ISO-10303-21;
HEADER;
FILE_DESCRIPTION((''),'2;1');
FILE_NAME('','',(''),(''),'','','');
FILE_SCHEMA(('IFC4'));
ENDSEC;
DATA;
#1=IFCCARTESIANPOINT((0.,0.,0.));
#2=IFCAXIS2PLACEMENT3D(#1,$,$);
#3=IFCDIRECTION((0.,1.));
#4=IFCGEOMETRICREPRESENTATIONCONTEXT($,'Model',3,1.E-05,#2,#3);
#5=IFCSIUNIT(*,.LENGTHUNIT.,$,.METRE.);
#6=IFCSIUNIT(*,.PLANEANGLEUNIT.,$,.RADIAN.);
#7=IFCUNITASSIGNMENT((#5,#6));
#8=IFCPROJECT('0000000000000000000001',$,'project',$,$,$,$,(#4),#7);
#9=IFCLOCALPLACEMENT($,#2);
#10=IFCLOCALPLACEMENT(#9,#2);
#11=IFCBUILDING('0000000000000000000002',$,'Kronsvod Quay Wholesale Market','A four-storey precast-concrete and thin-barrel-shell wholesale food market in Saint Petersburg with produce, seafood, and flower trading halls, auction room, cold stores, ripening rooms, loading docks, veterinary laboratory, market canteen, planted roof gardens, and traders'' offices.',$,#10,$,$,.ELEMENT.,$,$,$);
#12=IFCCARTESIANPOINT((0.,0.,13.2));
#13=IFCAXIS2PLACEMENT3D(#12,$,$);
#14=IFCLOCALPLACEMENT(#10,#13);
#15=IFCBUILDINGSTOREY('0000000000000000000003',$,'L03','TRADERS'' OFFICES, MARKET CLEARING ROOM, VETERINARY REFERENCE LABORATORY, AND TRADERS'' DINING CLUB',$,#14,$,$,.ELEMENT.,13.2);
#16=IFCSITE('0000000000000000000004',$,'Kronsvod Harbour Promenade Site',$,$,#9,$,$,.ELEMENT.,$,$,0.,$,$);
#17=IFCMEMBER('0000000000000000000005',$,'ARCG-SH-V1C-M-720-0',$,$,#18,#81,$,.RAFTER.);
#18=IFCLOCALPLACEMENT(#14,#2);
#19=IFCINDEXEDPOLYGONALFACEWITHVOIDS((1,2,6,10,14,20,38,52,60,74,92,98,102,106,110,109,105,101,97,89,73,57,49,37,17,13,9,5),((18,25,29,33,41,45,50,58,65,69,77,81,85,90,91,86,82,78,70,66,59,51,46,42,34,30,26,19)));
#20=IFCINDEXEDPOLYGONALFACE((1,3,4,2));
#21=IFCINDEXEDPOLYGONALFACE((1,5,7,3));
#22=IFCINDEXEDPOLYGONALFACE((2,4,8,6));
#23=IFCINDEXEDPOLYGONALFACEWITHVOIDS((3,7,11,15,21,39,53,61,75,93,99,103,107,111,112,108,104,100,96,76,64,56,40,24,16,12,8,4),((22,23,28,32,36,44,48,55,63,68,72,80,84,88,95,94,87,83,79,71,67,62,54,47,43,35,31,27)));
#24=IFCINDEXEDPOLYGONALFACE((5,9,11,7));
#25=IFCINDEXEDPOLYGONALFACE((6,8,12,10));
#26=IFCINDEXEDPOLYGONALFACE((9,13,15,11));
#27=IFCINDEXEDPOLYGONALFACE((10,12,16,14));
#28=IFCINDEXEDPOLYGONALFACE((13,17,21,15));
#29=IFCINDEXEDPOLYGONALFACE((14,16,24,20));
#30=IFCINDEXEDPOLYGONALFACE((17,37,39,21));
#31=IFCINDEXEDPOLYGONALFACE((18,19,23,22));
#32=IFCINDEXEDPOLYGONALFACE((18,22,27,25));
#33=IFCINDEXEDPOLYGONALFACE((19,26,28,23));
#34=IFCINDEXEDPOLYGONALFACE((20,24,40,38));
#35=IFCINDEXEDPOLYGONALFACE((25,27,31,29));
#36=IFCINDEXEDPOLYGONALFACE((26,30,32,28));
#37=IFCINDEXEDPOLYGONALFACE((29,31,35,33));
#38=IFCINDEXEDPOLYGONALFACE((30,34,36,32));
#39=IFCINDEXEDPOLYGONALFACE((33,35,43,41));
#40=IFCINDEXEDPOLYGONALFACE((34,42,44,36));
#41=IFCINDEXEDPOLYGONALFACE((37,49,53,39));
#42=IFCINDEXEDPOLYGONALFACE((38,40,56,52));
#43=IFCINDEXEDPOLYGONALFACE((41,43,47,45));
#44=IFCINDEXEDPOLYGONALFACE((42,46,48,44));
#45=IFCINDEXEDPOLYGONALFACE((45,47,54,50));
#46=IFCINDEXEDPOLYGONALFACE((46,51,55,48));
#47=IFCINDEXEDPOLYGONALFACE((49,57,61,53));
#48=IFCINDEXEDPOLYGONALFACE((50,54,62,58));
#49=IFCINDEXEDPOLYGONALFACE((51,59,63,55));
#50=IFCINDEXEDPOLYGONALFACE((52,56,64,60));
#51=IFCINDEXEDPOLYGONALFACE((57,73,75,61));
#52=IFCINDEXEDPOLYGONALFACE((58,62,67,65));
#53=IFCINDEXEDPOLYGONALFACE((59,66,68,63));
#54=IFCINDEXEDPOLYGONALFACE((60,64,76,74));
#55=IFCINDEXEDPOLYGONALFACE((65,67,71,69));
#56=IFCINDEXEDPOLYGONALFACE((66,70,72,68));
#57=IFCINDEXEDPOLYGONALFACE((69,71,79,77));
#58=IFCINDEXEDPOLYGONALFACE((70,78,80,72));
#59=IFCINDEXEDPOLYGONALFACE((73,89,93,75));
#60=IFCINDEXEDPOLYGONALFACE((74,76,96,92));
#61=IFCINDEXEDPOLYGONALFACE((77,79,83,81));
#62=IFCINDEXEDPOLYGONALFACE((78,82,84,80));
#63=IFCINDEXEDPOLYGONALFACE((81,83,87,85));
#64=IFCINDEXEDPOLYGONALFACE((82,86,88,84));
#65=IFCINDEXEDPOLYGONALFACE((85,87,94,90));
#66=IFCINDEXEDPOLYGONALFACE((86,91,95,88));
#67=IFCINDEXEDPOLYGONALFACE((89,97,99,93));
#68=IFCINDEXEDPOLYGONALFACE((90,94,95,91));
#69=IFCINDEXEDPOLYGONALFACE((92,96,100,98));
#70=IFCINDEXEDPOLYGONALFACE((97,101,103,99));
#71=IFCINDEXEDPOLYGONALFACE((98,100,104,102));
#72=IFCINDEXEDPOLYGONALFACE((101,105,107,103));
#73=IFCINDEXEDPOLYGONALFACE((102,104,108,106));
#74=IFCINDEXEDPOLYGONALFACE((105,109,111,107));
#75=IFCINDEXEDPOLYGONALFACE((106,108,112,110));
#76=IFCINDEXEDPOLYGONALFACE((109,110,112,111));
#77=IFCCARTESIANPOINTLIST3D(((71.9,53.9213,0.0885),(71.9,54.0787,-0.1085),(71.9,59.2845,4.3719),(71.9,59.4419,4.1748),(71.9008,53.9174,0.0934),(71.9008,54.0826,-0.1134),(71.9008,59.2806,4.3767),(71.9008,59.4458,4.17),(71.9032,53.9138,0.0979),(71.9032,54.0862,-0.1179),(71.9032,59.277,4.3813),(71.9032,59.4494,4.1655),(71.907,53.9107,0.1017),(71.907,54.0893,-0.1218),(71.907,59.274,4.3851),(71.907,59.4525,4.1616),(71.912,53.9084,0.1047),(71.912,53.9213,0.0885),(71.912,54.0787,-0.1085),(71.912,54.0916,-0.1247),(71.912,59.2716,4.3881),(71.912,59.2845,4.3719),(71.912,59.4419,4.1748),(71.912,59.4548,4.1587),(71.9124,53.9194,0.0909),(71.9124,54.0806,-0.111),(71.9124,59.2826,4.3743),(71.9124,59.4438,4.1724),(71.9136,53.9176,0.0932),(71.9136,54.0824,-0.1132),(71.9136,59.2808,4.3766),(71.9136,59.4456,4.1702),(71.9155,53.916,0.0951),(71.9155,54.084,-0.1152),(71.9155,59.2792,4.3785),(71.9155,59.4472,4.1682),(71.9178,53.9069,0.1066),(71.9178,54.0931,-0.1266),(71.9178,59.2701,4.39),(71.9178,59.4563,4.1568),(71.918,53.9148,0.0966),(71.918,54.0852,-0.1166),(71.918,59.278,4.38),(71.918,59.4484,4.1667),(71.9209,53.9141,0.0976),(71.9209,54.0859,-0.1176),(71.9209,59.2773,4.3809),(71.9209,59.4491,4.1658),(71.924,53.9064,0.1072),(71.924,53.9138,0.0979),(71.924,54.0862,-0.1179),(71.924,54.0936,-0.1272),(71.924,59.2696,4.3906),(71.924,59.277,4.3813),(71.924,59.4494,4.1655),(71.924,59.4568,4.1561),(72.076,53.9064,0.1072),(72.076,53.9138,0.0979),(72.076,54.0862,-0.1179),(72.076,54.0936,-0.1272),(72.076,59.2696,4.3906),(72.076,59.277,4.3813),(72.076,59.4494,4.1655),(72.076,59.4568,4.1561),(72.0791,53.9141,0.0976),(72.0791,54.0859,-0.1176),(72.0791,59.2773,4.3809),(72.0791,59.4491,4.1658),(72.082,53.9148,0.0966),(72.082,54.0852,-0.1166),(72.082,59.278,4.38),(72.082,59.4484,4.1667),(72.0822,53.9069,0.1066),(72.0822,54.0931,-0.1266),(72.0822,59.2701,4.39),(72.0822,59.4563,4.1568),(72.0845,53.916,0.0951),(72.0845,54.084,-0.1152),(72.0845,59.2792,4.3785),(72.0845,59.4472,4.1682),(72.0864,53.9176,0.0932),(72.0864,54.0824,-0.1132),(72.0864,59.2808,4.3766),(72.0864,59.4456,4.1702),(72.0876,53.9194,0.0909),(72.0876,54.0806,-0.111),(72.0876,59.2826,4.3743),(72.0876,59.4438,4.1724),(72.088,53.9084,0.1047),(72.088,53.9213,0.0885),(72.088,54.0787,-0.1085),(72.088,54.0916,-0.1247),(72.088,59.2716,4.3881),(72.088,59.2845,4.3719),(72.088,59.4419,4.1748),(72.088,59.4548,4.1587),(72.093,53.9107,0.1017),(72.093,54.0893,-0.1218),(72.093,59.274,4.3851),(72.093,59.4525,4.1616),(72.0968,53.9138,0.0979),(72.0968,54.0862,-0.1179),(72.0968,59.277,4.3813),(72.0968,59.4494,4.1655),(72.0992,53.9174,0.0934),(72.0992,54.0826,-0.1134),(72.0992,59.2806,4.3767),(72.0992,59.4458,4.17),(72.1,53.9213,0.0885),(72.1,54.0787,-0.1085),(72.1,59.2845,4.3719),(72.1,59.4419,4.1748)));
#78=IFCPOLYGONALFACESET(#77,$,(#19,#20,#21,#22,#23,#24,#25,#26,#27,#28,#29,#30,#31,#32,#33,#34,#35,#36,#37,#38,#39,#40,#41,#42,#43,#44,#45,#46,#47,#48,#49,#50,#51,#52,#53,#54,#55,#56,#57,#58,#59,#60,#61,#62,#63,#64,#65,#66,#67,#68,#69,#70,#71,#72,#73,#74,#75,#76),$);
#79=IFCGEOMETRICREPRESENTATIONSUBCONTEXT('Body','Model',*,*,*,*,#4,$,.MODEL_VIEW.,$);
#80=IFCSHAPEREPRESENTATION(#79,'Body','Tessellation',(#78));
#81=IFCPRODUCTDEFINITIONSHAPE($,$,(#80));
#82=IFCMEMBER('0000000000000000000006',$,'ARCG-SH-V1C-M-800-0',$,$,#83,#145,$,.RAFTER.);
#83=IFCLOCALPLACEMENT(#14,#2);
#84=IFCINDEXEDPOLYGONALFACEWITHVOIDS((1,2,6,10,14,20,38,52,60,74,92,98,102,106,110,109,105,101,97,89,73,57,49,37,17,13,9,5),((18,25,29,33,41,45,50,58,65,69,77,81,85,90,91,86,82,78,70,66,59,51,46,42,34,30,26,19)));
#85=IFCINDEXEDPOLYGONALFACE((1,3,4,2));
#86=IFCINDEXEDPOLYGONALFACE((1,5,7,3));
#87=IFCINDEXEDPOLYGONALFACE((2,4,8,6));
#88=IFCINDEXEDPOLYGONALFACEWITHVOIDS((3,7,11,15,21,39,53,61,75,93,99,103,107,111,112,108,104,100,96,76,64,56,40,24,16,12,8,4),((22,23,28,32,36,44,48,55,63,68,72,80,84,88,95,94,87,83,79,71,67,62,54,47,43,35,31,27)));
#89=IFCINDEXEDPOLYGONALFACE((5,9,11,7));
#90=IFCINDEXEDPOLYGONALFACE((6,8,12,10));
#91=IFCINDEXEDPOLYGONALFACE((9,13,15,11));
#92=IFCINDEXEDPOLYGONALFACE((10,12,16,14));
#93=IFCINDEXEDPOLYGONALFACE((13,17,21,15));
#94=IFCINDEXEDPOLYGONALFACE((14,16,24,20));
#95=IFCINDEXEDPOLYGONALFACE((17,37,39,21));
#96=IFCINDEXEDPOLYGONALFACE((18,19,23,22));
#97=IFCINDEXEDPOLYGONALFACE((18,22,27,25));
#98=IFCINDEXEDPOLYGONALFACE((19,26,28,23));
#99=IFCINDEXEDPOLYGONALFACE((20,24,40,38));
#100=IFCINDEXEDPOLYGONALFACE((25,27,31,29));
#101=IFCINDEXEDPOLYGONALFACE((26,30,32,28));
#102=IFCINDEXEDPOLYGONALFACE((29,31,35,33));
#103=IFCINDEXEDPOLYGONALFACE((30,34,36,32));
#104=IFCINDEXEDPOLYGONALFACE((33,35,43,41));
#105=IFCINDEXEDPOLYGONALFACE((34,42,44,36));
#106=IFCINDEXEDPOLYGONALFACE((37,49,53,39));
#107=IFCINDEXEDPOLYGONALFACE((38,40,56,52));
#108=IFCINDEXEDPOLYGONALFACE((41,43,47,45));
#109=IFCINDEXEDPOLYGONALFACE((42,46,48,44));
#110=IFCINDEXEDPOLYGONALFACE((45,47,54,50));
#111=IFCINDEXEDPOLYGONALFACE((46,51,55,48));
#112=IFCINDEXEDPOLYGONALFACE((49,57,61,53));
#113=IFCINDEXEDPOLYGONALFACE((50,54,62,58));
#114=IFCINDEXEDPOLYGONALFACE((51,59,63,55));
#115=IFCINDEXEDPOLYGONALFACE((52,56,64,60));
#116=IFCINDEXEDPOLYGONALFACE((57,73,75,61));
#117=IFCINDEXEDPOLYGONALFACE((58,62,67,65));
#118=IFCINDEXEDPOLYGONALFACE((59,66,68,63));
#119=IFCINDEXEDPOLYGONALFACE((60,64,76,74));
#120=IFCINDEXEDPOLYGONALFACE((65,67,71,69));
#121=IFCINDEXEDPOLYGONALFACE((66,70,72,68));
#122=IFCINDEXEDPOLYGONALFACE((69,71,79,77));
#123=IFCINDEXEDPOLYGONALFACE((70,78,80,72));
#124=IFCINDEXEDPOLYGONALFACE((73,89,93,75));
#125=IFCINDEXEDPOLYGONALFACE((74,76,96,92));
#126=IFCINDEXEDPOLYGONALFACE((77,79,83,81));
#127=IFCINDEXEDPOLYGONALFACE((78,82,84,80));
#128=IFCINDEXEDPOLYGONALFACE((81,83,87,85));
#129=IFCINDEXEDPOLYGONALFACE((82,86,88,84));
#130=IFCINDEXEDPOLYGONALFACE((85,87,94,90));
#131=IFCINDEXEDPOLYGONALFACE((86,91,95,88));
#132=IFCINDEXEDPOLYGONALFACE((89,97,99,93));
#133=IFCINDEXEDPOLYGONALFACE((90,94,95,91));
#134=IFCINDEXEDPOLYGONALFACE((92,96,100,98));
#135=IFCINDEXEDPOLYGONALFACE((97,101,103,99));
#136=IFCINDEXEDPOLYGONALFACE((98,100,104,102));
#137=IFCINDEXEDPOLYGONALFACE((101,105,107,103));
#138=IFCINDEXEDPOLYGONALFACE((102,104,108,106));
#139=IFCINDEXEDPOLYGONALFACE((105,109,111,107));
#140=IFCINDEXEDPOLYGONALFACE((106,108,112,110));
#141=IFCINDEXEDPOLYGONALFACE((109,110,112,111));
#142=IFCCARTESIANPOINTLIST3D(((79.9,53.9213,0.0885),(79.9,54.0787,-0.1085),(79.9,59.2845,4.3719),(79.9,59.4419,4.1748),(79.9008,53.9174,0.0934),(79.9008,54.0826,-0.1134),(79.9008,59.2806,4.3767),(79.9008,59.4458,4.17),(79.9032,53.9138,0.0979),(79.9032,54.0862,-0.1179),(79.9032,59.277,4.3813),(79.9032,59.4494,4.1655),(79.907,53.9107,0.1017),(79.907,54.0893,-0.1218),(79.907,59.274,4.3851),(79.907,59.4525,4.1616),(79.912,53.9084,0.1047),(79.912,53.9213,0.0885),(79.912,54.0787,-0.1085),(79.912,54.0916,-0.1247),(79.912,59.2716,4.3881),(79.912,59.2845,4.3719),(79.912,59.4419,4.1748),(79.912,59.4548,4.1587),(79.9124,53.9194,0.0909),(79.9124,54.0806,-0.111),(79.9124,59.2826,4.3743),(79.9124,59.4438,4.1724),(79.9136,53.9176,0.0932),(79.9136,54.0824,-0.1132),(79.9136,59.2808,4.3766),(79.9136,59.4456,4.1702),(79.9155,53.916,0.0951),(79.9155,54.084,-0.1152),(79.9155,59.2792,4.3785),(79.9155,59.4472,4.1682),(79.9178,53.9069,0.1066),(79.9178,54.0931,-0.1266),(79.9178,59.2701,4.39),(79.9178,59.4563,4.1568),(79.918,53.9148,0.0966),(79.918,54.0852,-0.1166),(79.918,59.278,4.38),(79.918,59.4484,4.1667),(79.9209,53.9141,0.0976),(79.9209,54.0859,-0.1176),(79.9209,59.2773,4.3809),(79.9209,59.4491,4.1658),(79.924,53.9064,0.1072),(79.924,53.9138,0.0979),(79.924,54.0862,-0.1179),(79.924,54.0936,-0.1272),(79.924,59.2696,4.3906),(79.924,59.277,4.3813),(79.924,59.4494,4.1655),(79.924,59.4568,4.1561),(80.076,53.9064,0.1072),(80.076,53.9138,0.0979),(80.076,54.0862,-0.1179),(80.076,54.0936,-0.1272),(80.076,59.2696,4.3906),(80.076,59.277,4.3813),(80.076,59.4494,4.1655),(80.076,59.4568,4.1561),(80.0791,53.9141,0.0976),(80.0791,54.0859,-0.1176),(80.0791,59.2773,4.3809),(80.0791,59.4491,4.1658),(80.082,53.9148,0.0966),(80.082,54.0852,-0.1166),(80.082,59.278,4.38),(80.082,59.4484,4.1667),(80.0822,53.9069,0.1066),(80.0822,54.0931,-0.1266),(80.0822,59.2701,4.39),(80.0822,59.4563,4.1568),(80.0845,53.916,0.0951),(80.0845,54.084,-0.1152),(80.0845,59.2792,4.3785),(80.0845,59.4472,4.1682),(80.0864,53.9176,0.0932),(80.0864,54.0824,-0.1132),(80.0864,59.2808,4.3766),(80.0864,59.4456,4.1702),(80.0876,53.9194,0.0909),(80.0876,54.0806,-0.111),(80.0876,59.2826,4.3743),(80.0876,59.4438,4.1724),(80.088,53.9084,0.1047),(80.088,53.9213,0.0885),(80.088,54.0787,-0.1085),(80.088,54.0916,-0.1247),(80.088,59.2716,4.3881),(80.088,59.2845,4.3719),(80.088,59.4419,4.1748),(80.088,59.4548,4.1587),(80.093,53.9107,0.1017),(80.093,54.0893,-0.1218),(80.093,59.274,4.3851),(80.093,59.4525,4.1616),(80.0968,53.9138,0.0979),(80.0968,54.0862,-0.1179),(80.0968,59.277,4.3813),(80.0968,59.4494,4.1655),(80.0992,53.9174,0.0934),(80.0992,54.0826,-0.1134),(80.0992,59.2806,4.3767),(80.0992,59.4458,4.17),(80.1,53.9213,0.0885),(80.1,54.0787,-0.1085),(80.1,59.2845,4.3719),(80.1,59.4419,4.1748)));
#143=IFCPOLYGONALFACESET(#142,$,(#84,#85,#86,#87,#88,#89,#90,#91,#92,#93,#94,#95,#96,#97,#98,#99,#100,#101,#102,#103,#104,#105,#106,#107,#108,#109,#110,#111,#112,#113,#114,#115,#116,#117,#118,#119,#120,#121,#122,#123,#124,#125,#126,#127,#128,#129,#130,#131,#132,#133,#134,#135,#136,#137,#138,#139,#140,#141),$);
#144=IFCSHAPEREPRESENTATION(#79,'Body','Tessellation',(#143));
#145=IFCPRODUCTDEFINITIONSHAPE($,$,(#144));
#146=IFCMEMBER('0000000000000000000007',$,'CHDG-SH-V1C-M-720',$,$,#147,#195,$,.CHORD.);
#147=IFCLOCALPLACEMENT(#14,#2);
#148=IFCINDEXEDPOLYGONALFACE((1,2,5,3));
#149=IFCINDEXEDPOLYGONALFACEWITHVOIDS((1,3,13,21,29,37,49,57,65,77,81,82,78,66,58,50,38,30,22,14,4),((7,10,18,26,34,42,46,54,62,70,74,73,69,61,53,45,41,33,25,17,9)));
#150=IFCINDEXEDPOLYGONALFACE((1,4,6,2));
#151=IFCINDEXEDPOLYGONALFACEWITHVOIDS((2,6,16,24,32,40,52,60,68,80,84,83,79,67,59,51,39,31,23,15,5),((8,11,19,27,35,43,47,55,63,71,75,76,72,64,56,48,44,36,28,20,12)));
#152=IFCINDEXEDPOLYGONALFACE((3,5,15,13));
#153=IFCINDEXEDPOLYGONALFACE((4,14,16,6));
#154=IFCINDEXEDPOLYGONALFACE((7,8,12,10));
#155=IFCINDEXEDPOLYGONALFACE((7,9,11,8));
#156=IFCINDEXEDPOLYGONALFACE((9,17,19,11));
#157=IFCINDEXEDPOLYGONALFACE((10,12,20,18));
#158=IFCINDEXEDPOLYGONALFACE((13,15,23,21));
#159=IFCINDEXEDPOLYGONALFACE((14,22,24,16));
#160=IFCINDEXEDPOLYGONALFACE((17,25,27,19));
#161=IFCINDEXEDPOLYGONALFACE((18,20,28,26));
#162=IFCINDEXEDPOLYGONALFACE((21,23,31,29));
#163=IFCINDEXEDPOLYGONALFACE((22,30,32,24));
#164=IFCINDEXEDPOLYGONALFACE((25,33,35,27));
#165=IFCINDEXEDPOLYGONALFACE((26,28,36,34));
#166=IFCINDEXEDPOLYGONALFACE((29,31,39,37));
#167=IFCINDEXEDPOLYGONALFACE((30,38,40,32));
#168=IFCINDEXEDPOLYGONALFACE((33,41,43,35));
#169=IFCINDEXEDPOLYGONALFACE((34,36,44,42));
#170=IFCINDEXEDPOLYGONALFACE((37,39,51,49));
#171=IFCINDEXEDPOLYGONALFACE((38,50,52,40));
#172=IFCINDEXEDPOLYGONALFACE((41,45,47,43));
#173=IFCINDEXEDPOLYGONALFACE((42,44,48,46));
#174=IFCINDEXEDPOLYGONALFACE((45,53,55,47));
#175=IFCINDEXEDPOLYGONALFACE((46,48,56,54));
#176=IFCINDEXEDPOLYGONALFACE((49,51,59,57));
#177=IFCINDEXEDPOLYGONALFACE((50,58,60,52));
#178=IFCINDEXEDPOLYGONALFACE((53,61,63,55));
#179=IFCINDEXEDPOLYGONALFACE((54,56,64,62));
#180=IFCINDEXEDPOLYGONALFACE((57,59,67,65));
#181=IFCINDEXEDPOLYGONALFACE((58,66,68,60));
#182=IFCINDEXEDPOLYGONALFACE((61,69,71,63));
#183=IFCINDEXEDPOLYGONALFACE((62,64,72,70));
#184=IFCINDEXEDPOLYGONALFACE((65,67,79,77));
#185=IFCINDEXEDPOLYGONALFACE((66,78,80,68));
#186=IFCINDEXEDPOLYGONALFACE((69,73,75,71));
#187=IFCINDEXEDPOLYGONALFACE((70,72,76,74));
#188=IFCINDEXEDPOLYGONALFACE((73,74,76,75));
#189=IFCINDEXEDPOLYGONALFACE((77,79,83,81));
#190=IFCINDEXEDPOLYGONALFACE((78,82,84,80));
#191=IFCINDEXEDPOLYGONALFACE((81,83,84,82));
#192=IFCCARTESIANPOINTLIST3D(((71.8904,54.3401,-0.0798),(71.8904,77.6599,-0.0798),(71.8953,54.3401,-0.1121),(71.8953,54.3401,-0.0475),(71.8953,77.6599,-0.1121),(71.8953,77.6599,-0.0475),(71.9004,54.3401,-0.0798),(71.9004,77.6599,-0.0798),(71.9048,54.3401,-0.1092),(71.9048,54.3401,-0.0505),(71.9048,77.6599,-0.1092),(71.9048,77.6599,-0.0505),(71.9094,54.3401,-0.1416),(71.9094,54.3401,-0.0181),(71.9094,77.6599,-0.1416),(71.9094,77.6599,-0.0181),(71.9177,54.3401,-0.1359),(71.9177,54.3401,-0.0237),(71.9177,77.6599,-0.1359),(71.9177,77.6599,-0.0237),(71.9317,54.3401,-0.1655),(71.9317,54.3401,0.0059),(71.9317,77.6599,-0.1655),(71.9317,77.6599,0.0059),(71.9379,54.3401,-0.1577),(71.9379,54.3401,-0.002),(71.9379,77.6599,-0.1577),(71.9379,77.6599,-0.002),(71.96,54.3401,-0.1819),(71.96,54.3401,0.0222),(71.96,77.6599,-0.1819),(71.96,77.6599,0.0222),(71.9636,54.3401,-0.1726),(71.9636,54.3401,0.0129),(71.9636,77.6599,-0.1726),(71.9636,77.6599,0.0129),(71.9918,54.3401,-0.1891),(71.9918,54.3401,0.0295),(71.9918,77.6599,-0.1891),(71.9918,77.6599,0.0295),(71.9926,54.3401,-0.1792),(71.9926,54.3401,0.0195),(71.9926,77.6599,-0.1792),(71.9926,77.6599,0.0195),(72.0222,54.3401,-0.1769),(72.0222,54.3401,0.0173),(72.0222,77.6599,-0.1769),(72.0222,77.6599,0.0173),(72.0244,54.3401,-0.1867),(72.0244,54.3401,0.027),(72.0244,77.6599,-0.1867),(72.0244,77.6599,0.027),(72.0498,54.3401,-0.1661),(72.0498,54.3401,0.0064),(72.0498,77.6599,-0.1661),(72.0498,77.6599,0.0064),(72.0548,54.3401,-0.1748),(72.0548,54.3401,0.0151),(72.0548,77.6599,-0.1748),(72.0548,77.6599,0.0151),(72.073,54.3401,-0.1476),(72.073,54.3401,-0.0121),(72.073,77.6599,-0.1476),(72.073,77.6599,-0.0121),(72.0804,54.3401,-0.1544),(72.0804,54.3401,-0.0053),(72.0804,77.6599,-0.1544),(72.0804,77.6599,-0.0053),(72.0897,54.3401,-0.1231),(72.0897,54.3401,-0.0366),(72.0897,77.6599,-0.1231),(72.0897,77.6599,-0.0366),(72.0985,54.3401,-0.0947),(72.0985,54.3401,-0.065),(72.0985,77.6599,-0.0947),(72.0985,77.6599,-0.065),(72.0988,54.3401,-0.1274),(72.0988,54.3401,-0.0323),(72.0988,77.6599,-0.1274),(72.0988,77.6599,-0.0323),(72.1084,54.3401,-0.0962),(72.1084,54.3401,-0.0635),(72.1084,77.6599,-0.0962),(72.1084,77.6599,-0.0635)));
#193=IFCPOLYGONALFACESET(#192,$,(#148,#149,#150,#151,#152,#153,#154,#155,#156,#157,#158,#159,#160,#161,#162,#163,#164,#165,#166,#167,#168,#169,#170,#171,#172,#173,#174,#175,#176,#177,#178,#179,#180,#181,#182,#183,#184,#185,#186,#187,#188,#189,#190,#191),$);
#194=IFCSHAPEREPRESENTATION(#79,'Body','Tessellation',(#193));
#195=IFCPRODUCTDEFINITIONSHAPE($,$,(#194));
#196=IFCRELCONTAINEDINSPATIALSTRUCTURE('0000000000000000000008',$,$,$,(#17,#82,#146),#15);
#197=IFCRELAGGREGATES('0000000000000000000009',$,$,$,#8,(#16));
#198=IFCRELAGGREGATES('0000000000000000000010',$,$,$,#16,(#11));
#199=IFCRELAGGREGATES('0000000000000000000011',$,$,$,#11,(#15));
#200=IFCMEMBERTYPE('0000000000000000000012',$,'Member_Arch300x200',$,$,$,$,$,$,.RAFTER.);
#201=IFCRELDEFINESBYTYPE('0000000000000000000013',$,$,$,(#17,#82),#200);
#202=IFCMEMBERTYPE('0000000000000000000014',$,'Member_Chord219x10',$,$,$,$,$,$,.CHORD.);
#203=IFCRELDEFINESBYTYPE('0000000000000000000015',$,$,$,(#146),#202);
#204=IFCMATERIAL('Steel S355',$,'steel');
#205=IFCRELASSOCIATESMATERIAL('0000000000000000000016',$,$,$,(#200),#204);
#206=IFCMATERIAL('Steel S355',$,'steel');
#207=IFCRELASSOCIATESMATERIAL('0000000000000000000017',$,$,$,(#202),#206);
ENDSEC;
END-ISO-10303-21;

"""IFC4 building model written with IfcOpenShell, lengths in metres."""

from ifc_helpers import new_model, si_unit, direction, frame, origin, origin_2d, place, context, subcontext, project, spatial, hollow_rectangle, hollow_circle, extrude, material, material_profile, profile_set, type_object, element, save


model = new_model("IFC4")

# Units and contexts
model_context = context("Model", 3, precision=1e-05, world=origin(), true_north=direction((0.0, 1.0)))
body_context = subcontext(model_context, "Body", "Model", "MODEL_VIEW")
ifc_project = project(units=[si_unit("LENGTHUNIT", "METRE"), si_unit("PLANEANGLEUNIT", "RADIAN")], contexts=[model_context])

# Site, building, storey
site_placement = place(None, origin())
site = spatial("IfcSite", under=ifc_project, at=site_placement, Name="Kronsvod Harbour Promenade Site", CompositionType="ELEMENT", RefElevation=0.0)
building_placement = place(site_placement, origin())
building = spatial("IfcBuilding", under=site, at=building_placement, Name="Kronsvod Quay Wholesale Market", Description="A four-storey precast-concrete and thin-barrel-shell wholesale food market in Saint Petersburg with produce, seafood, and flower trading halls, auction room, cold stores, ripening rooms, loading docks, veterinary laboratory, market canteen, planted roof gardens, and traders' offices.", CompositionType="ELEMENT")
storey_placement = place(building_placement, frame((0.0, 0.0, 13.2)))
storey = spatial("IfcBuildingStorey", under=building, at=storey_placement, Name="L03", Description="TRADERS' OFFICES, MARKET CLEARING ROOM, VETERINARY REFERENCE LABORATORY, AND TRADERS' DINING CLUB", CompositionType="ELEMENT", Elevation=13.2)

# Members
ifc_material_1 = material(Name="Steel S355", Category="steel")
ifc_material_profile_1 = material_profile(ifc_material_1, hollow_rectangle(XDim=0.2, YDim=0.3, WallThickness=0.012, InnerFilletRadius=0.012, OuterFilletRadius=0.0239, at=origin_2d()), Name="RHS300x200x12")
ifc_profile_set_1 = profile_set([ifc_material_profile_1], Name="Steel S355")
member_type_1 = type_object("IfcMemberType", Name="Member_Arch300x200", PredefinedType="RAFTER", material=ifc_profile_set_1)
for number, where, z_axis, x_axis, name in (
    (1, (72.0, 54.0, -0.01), (0.0, 0.781379, 0.624057), (-1.0, 0.0, 0.0), "ARCG-SH-V1C-M-720-0"),
    (2, (80.0, 54.0, -0.01), (0.0, 0.781379, 0.624057), (-1.0, 0.0, 0.0), "ARCG-SH-V1C-M-800-0"),
):
    element("IfcMember", number, at=place(storey_placement, frame(where, z_axis=z_axis, x_axis=x_axis)), inside=storey, type_object=member_type_1, Name=name, PredefinedType="RAFTER", context=body_context, shape_type="SweptSolid", body=[
        extrude(hollow_rectangle(XDim=0.2, YDim=0.3, WallThickness=0.012, InnerFilletRadius=0.012, OuterFilletRadius=0.0239, at=origin_2d()), origin(), (0.0, 0.0, 1.0), 6.8638),
    ])
ifc_material_2 = material(Name="Steel S355", Category="steel")
ifc_material_profile_2 = material_profile(ifc_material_2, hollow_circle(Radius=0.1096, WallThickness=0.01, at=origin_2d()), Name="CHS219x10")
ifc_profile_set_2 = profile_set([ifc_material_profile_2], Name="Steel S355")
member_type_2 = type_object("IfcMemberType", Name="Member_Chord219x10", PredefinedType="CHORD", material=ifc_profile_set_2)
for number, where, z_axis, x_axis, name in (
    (3, (72.0, 54.3401, -0.0798), (0.0, 1.0, 0.0), (-1.0, 0.0, 0.0), "CHDG-SH-V1C-M-720"),
):
    element("IfcMember", number, at=place(storey_placement, frame(where, z_axis=z_axis, x_axis=x_axis)), inside=storey, type_object=member_type_2, Name=name, PredefinedType="CHORD", context=body_context, shape_type="SweptSolid", body=[
        extrude(hollow_circle(Radius=0.1096, WallThickness=0.01, at=origin_2d()), origin(), (0.0, 0.0, 1.0), 23.3198),
    ])

save(model, "model.ifc")
